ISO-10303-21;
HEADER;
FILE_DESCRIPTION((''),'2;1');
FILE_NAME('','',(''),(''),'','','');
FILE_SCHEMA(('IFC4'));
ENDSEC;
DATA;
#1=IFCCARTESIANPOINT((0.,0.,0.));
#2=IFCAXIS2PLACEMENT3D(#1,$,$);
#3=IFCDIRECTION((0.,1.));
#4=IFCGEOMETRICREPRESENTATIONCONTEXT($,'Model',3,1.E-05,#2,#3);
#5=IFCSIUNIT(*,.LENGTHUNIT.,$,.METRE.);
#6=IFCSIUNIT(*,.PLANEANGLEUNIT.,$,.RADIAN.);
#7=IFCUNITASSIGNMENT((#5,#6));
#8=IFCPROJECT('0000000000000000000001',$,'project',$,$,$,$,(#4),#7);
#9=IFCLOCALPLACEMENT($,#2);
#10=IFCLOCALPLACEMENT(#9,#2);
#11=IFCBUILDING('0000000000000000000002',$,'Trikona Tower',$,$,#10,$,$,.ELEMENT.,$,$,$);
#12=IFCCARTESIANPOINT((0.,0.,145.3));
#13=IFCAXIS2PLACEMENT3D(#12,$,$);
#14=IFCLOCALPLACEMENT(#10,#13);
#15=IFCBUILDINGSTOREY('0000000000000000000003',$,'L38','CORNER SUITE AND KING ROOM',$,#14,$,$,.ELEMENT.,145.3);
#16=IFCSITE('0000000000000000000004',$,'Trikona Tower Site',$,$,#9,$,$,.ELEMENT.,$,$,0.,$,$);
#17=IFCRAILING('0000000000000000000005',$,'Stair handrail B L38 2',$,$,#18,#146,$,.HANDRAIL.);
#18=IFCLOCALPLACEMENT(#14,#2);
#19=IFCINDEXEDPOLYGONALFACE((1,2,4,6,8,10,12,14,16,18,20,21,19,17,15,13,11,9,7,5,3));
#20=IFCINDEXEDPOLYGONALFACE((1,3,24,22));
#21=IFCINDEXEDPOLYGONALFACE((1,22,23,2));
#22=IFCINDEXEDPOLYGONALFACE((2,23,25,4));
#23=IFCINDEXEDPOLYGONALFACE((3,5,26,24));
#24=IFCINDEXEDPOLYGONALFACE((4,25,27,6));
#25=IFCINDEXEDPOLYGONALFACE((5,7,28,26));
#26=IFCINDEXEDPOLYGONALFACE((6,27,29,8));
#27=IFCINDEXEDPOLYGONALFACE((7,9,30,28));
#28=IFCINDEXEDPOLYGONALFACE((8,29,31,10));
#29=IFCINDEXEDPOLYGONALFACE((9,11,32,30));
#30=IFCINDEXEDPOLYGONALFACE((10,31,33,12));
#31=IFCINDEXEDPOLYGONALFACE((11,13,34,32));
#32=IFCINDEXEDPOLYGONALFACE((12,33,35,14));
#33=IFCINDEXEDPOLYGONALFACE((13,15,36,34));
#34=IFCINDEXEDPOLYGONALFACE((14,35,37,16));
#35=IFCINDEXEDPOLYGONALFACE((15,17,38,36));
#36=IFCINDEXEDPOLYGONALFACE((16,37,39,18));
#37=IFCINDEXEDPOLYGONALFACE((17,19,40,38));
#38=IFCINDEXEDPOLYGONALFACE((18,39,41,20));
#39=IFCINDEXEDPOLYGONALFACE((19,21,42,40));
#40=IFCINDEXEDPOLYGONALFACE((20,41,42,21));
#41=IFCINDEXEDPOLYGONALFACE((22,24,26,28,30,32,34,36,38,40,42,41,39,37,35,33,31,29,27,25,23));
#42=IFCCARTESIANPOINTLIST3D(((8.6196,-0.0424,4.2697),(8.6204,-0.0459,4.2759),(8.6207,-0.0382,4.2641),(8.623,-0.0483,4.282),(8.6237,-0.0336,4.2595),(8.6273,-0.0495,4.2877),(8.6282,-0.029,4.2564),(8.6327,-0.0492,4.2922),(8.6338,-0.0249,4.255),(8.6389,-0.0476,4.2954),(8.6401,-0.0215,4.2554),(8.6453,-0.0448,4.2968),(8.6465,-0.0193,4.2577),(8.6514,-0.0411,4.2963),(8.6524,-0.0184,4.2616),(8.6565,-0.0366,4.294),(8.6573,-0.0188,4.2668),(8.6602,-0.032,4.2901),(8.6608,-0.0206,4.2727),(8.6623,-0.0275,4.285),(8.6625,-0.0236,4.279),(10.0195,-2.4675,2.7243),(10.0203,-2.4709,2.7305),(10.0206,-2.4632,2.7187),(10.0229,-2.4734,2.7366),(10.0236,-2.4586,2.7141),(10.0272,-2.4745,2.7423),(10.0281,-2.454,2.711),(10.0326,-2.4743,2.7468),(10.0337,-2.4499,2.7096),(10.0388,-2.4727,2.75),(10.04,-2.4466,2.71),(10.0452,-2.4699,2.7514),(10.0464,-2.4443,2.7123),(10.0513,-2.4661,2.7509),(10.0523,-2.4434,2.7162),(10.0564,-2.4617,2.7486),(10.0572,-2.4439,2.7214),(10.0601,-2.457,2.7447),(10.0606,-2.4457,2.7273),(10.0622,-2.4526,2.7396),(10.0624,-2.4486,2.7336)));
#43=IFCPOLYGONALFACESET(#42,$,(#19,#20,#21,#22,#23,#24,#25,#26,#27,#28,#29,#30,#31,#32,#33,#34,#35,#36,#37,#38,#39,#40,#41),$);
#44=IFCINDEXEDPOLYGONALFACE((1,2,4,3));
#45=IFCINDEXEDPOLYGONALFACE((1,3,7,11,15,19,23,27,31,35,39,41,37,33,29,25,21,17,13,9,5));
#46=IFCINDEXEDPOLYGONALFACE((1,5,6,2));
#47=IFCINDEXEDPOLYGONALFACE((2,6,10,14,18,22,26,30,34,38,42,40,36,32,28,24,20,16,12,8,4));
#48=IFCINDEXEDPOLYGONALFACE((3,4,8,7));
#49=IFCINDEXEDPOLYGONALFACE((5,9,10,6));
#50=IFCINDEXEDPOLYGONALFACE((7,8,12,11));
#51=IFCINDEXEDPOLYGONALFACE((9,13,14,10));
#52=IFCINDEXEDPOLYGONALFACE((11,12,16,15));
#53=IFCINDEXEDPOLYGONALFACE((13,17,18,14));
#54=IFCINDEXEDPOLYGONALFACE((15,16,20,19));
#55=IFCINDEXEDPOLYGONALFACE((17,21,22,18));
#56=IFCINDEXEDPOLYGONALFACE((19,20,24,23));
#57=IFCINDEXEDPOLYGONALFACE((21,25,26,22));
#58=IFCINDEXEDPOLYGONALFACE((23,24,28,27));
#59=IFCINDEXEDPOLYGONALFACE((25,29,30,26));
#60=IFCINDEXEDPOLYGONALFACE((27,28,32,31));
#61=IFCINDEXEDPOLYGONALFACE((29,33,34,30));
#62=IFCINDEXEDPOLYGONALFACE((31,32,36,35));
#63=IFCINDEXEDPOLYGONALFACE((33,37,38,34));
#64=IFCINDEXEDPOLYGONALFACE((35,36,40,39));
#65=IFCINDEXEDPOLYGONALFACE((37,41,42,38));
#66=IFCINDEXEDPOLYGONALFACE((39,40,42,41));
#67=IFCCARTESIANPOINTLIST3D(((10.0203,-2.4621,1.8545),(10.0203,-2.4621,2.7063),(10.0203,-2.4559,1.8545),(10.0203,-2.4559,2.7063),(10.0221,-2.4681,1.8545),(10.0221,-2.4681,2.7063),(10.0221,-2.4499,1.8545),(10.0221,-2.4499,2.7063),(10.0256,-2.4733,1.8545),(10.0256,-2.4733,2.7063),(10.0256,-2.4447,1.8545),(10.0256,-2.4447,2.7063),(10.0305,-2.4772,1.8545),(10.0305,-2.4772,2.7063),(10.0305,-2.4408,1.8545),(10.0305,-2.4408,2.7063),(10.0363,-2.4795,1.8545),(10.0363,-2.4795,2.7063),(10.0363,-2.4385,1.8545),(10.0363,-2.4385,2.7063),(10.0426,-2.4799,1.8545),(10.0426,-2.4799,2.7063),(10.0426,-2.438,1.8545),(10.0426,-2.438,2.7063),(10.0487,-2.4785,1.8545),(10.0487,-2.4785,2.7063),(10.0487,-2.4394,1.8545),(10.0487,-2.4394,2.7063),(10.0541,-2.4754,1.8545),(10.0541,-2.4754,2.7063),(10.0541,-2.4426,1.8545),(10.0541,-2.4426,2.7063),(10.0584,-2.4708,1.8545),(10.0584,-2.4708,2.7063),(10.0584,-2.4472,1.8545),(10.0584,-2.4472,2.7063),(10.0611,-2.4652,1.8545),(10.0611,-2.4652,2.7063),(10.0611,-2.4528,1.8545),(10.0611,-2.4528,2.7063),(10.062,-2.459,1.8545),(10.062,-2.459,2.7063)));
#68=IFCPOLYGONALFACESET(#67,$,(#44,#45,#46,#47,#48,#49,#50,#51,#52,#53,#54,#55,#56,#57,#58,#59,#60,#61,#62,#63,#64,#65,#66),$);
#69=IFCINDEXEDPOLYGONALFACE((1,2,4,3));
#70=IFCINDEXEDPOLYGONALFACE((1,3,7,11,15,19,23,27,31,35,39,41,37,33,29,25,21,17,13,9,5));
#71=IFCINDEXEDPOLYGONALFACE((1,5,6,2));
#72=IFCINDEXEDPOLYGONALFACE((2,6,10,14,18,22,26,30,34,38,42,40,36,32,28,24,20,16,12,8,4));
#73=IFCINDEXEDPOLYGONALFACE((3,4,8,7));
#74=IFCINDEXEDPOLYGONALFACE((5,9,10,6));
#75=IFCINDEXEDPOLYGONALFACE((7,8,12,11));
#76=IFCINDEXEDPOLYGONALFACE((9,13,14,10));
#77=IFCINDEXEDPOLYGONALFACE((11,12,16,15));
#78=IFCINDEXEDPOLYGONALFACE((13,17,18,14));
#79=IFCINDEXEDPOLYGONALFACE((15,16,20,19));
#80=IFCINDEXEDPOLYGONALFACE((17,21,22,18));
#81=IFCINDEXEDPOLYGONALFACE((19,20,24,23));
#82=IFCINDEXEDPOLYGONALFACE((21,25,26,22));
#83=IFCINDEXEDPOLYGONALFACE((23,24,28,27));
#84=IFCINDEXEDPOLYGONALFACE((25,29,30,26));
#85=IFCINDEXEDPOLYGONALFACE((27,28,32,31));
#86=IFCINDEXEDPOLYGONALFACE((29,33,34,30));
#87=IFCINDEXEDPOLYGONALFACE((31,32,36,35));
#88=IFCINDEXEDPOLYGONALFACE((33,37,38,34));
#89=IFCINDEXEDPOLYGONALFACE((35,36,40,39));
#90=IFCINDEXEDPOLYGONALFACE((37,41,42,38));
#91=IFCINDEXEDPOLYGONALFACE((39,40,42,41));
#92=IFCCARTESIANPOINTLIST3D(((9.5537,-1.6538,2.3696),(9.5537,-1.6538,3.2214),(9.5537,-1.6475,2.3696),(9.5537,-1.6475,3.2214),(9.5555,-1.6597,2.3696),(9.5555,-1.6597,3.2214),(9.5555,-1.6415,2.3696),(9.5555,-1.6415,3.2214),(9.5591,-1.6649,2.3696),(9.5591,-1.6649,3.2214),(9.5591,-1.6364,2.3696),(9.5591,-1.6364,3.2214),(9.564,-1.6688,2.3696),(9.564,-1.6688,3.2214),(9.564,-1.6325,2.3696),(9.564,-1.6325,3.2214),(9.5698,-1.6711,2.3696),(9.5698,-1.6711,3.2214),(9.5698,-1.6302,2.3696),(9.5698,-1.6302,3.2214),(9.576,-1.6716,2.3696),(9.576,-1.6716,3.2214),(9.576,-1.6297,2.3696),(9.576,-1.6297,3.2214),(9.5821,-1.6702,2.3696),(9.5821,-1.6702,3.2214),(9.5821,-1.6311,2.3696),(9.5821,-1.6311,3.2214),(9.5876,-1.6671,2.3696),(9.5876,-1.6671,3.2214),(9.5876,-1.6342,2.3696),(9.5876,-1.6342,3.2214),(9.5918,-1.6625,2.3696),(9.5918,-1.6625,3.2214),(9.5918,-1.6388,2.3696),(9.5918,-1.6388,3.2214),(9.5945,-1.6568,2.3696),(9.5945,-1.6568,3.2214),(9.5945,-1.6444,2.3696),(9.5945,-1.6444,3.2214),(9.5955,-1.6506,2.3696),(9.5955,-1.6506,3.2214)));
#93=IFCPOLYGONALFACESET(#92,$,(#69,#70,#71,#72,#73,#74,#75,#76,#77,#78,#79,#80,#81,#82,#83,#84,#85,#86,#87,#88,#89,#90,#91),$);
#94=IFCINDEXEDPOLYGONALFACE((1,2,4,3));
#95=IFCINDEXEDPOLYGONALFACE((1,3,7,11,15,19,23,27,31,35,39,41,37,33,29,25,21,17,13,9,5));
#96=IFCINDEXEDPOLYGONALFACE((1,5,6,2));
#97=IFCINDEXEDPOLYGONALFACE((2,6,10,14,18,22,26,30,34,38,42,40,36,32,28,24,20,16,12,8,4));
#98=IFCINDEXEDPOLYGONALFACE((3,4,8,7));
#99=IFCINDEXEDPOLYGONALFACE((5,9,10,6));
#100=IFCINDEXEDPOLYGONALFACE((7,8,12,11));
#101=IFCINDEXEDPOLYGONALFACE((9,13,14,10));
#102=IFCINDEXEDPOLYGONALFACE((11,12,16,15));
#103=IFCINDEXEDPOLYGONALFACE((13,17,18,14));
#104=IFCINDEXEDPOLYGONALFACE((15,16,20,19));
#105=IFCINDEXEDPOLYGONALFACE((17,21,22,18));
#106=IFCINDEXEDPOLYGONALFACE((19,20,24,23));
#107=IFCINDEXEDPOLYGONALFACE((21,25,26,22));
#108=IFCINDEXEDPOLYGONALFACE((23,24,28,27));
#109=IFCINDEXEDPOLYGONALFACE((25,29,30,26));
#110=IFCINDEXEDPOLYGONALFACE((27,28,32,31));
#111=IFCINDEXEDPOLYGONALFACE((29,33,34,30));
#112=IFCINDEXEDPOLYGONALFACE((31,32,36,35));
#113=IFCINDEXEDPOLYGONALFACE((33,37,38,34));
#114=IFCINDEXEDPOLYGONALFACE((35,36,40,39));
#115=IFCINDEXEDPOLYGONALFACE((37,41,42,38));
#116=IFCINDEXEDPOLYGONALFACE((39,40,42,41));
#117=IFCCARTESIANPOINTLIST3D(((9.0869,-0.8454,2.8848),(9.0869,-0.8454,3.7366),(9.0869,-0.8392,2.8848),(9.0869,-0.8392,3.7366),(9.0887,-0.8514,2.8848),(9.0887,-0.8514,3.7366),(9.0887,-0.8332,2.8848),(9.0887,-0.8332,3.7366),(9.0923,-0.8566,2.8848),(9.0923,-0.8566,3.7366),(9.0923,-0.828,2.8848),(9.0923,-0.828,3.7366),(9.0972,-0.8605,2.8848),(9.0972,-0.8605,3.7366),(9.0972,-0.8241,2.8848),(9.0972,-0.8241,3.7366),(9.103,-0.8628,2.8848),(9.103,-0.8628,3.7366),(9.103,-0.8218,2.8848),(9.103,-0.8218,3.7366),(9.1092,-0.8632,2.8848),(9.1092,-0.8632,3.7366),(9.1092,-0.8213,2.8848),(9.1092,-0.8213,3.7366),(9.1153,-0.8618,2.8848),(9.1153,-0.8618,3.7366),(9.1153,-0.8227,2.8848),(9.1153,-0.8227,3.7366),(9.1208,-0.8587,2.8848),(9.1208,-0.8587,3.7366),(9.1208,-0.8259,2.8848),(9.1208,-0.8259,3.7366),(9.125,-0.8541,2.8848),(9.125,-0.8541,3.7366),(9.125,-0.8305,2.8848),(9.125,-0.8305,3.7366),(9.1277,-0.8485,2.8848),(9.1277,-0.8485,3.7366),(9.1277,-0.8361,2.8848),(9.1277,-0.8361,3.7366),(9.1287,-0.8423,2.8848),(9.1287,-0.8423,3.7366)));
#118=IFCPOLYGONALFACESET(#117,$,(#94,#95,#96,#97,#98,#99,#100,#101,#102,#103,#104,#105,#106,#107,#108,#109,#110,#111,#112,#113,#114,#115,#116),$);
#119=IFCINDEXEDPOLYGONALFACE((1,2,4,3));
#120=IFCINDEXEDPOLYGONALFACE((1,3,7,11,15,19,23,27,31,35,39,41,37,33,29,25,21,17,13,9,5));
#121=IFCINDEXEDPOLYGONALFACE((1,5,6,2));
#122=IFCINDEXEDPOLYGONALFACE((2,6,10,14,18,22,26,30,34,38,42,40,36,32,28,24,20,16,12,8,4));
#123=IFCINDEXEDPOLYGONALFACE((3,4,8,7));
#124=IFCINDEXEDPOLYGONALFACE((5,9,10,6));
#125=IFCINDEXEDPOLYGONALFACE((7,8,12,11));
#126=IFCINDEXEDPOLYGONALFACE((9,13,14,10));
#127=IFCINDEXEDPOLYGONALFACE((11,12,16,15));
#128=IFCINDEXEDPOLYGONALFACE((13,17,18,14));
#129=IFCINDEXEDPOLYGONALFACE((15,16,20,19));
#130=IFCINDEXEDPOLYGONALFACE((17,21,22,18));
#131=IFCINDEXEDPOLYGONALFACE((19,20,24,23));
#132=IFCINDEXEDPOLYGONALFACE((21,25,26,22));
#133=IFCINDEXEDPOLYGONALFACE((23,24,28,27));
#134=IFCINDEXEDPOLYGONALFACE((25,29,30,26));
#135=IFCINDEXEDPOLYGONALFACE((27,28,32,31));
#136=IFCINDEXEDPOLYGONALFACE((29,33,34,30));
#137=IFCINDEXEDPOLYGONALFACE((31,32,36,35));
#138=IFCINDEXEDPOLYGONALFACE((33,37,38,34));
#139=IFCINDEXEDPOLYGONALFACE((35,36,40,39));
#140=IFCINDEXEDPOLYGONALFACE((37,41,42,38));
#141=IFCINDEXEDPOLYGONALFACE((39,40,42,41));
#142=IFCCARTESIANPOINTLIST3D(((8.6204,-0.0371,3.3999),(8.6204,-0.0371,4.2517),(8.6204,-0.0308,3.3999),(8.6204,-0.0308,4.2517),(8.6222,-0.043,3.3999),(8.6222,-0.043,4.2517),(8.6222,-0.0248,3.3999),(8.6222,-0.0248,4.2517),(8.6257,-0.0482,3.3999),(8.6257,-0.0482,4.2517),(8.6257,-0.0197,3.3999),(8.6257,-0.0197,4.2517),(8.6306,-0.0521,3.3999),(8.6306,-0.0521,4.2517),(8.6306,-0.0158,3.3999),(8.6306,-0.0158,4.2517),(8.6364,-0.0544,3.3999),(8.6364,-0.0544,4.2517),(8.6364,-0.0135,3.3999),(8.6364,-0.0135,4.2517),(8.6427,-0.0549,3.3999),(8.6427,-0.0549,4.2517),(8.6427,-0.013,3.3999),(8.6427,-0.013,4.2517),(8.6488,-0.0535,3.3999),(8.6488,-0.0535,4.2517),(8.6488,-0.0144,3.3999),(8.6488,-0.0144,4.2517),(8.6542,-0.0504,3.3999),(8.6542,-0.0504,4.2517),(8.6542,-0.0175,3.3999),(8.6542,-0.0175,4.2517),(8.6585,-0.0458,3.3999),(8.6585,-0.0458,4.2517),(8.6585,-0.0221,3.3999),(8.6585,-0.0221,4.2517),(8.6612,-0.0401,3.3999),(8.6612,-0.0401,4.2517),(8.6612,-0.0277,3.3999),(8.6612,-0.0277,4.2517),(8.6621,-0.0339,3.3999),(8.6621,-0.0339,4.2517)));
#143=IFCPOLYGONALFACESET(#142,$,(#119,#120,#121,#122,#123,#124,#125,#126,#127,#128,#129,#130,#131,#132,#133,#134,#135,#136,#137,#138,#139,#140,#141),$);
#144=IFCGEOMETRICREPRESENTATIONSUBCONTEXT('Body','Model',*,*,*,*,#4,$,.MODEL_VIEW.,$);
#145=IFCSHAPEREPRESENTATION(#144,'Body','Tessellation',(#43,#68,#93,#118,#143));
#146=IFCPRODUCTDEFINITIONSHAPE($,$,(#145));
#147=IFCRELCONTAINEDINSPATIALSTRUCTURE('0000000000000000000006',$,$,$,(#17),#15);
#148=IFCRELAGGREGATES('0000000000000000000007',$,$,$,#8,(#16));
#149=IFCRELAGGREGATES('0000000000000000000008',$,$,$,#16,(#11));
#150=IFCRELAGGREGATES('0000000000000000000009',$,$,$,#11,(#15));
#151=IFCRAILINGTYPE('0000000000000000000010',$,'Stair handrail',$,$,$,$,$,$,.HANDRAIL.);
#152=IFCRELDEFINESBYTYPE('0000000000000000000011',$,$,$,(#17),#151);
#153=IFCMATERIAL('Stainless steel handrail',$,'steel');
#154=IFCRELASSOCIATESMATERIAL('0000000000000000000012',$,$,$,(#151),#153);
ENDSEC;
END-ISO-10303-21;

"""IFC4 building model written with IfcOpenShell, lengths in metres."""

from ifc_helpers import new_model, si_unit, direction, frame, origin, origin_2d, place, context, subcontext, project, spatial, circle, extrude, material, type_object, element, save


model = new_model("IFC4")

# Units and contexts
model_context = context("Model", 3, precision=1e-05, world=origin(), true_north=direction((0.0, 1.0)))
body_context = subcontext(model_context, "Body", "Model", "MODEL_VIEW")
ifc_project = project(units=[si_unit("LENGTHUNIT", "METRE"), si_unit("PLANEANGLEUNIT", "RADIAN")], contexts=[model_context])

# Site, building, storey
site_placement = place(None, origin())
site = spatial("IfcSite", under=ifc_project, at=site_placement, Name="Trikona Tower Site", CompositionType="ELEMENT", RefElevation=0.0)
building_placement = place(site_placement, origin())
building = spatial("IfcBuilding", under=site, at=building_placement, Name="Trikona Tower", CompositionType="ELEMENT")
storey_placement = place(building_placement, frame((0.0, 0.0, 145.3)))
storey = spatial("IfcBuildingStorey", under=building, at=storey_placement, Name="L38", Description="CORNER SUITE AND KING ROOM", CompositionType="ELEMENT", Elevation=145.3)

# Railing
ifc_material_1 = material(Name="Stainless steel handrail", Category="steel")
railing_type = type_object("IfcRailingType", Name="Stair handrail", PredefinedType="HANDRAIL", material=ifc_material_1)
railing_placement = place(storey_placement, frame((10.041, -2.459, 1.8545)))
element("IfcRailing", 1, at=railing_placement, inside=storey, type_object=railing_type, Name="Stair handrail B L38 2", PredefinedType="HANDRAIL", context=body_context, shape_type="SweptSolid", body=[
    extrude(circle(Radius=0.0239, at=origin_2d()), frame((0.0, 0.0, 0.876), z_axis=(-0.437707, 0.75824, 0.483203), x_axis=(-0.866056, -0.499946, 0.0)), (0.0, 0.0, 1.0), 3.1982),
    extrude(circle(Radius=0.021, at=origin_2d()), origin(), (0.0, 0.0, 1.0), 0.8518),
    extrude(circle(Radius=0.021, at=origin_2d()), frame((-0.4666, 0.8083, 0.5151)), (0.0, 0.0, 1.0), 0.8518),
    extrude(circle(Radius=0.021, at=origin_2d()), frame((-0.9333, 1.6167, 1.0303)), (0.0, 0.0, 1.0), 0.8518),
    extrude(circle(Radius=0.021, at=origin_2d()), frame((-1.3999, 2.425, 1.5454)), (0.0, 0.0, 1.0), 0.8518),
])

save(model, "model.ifc")
